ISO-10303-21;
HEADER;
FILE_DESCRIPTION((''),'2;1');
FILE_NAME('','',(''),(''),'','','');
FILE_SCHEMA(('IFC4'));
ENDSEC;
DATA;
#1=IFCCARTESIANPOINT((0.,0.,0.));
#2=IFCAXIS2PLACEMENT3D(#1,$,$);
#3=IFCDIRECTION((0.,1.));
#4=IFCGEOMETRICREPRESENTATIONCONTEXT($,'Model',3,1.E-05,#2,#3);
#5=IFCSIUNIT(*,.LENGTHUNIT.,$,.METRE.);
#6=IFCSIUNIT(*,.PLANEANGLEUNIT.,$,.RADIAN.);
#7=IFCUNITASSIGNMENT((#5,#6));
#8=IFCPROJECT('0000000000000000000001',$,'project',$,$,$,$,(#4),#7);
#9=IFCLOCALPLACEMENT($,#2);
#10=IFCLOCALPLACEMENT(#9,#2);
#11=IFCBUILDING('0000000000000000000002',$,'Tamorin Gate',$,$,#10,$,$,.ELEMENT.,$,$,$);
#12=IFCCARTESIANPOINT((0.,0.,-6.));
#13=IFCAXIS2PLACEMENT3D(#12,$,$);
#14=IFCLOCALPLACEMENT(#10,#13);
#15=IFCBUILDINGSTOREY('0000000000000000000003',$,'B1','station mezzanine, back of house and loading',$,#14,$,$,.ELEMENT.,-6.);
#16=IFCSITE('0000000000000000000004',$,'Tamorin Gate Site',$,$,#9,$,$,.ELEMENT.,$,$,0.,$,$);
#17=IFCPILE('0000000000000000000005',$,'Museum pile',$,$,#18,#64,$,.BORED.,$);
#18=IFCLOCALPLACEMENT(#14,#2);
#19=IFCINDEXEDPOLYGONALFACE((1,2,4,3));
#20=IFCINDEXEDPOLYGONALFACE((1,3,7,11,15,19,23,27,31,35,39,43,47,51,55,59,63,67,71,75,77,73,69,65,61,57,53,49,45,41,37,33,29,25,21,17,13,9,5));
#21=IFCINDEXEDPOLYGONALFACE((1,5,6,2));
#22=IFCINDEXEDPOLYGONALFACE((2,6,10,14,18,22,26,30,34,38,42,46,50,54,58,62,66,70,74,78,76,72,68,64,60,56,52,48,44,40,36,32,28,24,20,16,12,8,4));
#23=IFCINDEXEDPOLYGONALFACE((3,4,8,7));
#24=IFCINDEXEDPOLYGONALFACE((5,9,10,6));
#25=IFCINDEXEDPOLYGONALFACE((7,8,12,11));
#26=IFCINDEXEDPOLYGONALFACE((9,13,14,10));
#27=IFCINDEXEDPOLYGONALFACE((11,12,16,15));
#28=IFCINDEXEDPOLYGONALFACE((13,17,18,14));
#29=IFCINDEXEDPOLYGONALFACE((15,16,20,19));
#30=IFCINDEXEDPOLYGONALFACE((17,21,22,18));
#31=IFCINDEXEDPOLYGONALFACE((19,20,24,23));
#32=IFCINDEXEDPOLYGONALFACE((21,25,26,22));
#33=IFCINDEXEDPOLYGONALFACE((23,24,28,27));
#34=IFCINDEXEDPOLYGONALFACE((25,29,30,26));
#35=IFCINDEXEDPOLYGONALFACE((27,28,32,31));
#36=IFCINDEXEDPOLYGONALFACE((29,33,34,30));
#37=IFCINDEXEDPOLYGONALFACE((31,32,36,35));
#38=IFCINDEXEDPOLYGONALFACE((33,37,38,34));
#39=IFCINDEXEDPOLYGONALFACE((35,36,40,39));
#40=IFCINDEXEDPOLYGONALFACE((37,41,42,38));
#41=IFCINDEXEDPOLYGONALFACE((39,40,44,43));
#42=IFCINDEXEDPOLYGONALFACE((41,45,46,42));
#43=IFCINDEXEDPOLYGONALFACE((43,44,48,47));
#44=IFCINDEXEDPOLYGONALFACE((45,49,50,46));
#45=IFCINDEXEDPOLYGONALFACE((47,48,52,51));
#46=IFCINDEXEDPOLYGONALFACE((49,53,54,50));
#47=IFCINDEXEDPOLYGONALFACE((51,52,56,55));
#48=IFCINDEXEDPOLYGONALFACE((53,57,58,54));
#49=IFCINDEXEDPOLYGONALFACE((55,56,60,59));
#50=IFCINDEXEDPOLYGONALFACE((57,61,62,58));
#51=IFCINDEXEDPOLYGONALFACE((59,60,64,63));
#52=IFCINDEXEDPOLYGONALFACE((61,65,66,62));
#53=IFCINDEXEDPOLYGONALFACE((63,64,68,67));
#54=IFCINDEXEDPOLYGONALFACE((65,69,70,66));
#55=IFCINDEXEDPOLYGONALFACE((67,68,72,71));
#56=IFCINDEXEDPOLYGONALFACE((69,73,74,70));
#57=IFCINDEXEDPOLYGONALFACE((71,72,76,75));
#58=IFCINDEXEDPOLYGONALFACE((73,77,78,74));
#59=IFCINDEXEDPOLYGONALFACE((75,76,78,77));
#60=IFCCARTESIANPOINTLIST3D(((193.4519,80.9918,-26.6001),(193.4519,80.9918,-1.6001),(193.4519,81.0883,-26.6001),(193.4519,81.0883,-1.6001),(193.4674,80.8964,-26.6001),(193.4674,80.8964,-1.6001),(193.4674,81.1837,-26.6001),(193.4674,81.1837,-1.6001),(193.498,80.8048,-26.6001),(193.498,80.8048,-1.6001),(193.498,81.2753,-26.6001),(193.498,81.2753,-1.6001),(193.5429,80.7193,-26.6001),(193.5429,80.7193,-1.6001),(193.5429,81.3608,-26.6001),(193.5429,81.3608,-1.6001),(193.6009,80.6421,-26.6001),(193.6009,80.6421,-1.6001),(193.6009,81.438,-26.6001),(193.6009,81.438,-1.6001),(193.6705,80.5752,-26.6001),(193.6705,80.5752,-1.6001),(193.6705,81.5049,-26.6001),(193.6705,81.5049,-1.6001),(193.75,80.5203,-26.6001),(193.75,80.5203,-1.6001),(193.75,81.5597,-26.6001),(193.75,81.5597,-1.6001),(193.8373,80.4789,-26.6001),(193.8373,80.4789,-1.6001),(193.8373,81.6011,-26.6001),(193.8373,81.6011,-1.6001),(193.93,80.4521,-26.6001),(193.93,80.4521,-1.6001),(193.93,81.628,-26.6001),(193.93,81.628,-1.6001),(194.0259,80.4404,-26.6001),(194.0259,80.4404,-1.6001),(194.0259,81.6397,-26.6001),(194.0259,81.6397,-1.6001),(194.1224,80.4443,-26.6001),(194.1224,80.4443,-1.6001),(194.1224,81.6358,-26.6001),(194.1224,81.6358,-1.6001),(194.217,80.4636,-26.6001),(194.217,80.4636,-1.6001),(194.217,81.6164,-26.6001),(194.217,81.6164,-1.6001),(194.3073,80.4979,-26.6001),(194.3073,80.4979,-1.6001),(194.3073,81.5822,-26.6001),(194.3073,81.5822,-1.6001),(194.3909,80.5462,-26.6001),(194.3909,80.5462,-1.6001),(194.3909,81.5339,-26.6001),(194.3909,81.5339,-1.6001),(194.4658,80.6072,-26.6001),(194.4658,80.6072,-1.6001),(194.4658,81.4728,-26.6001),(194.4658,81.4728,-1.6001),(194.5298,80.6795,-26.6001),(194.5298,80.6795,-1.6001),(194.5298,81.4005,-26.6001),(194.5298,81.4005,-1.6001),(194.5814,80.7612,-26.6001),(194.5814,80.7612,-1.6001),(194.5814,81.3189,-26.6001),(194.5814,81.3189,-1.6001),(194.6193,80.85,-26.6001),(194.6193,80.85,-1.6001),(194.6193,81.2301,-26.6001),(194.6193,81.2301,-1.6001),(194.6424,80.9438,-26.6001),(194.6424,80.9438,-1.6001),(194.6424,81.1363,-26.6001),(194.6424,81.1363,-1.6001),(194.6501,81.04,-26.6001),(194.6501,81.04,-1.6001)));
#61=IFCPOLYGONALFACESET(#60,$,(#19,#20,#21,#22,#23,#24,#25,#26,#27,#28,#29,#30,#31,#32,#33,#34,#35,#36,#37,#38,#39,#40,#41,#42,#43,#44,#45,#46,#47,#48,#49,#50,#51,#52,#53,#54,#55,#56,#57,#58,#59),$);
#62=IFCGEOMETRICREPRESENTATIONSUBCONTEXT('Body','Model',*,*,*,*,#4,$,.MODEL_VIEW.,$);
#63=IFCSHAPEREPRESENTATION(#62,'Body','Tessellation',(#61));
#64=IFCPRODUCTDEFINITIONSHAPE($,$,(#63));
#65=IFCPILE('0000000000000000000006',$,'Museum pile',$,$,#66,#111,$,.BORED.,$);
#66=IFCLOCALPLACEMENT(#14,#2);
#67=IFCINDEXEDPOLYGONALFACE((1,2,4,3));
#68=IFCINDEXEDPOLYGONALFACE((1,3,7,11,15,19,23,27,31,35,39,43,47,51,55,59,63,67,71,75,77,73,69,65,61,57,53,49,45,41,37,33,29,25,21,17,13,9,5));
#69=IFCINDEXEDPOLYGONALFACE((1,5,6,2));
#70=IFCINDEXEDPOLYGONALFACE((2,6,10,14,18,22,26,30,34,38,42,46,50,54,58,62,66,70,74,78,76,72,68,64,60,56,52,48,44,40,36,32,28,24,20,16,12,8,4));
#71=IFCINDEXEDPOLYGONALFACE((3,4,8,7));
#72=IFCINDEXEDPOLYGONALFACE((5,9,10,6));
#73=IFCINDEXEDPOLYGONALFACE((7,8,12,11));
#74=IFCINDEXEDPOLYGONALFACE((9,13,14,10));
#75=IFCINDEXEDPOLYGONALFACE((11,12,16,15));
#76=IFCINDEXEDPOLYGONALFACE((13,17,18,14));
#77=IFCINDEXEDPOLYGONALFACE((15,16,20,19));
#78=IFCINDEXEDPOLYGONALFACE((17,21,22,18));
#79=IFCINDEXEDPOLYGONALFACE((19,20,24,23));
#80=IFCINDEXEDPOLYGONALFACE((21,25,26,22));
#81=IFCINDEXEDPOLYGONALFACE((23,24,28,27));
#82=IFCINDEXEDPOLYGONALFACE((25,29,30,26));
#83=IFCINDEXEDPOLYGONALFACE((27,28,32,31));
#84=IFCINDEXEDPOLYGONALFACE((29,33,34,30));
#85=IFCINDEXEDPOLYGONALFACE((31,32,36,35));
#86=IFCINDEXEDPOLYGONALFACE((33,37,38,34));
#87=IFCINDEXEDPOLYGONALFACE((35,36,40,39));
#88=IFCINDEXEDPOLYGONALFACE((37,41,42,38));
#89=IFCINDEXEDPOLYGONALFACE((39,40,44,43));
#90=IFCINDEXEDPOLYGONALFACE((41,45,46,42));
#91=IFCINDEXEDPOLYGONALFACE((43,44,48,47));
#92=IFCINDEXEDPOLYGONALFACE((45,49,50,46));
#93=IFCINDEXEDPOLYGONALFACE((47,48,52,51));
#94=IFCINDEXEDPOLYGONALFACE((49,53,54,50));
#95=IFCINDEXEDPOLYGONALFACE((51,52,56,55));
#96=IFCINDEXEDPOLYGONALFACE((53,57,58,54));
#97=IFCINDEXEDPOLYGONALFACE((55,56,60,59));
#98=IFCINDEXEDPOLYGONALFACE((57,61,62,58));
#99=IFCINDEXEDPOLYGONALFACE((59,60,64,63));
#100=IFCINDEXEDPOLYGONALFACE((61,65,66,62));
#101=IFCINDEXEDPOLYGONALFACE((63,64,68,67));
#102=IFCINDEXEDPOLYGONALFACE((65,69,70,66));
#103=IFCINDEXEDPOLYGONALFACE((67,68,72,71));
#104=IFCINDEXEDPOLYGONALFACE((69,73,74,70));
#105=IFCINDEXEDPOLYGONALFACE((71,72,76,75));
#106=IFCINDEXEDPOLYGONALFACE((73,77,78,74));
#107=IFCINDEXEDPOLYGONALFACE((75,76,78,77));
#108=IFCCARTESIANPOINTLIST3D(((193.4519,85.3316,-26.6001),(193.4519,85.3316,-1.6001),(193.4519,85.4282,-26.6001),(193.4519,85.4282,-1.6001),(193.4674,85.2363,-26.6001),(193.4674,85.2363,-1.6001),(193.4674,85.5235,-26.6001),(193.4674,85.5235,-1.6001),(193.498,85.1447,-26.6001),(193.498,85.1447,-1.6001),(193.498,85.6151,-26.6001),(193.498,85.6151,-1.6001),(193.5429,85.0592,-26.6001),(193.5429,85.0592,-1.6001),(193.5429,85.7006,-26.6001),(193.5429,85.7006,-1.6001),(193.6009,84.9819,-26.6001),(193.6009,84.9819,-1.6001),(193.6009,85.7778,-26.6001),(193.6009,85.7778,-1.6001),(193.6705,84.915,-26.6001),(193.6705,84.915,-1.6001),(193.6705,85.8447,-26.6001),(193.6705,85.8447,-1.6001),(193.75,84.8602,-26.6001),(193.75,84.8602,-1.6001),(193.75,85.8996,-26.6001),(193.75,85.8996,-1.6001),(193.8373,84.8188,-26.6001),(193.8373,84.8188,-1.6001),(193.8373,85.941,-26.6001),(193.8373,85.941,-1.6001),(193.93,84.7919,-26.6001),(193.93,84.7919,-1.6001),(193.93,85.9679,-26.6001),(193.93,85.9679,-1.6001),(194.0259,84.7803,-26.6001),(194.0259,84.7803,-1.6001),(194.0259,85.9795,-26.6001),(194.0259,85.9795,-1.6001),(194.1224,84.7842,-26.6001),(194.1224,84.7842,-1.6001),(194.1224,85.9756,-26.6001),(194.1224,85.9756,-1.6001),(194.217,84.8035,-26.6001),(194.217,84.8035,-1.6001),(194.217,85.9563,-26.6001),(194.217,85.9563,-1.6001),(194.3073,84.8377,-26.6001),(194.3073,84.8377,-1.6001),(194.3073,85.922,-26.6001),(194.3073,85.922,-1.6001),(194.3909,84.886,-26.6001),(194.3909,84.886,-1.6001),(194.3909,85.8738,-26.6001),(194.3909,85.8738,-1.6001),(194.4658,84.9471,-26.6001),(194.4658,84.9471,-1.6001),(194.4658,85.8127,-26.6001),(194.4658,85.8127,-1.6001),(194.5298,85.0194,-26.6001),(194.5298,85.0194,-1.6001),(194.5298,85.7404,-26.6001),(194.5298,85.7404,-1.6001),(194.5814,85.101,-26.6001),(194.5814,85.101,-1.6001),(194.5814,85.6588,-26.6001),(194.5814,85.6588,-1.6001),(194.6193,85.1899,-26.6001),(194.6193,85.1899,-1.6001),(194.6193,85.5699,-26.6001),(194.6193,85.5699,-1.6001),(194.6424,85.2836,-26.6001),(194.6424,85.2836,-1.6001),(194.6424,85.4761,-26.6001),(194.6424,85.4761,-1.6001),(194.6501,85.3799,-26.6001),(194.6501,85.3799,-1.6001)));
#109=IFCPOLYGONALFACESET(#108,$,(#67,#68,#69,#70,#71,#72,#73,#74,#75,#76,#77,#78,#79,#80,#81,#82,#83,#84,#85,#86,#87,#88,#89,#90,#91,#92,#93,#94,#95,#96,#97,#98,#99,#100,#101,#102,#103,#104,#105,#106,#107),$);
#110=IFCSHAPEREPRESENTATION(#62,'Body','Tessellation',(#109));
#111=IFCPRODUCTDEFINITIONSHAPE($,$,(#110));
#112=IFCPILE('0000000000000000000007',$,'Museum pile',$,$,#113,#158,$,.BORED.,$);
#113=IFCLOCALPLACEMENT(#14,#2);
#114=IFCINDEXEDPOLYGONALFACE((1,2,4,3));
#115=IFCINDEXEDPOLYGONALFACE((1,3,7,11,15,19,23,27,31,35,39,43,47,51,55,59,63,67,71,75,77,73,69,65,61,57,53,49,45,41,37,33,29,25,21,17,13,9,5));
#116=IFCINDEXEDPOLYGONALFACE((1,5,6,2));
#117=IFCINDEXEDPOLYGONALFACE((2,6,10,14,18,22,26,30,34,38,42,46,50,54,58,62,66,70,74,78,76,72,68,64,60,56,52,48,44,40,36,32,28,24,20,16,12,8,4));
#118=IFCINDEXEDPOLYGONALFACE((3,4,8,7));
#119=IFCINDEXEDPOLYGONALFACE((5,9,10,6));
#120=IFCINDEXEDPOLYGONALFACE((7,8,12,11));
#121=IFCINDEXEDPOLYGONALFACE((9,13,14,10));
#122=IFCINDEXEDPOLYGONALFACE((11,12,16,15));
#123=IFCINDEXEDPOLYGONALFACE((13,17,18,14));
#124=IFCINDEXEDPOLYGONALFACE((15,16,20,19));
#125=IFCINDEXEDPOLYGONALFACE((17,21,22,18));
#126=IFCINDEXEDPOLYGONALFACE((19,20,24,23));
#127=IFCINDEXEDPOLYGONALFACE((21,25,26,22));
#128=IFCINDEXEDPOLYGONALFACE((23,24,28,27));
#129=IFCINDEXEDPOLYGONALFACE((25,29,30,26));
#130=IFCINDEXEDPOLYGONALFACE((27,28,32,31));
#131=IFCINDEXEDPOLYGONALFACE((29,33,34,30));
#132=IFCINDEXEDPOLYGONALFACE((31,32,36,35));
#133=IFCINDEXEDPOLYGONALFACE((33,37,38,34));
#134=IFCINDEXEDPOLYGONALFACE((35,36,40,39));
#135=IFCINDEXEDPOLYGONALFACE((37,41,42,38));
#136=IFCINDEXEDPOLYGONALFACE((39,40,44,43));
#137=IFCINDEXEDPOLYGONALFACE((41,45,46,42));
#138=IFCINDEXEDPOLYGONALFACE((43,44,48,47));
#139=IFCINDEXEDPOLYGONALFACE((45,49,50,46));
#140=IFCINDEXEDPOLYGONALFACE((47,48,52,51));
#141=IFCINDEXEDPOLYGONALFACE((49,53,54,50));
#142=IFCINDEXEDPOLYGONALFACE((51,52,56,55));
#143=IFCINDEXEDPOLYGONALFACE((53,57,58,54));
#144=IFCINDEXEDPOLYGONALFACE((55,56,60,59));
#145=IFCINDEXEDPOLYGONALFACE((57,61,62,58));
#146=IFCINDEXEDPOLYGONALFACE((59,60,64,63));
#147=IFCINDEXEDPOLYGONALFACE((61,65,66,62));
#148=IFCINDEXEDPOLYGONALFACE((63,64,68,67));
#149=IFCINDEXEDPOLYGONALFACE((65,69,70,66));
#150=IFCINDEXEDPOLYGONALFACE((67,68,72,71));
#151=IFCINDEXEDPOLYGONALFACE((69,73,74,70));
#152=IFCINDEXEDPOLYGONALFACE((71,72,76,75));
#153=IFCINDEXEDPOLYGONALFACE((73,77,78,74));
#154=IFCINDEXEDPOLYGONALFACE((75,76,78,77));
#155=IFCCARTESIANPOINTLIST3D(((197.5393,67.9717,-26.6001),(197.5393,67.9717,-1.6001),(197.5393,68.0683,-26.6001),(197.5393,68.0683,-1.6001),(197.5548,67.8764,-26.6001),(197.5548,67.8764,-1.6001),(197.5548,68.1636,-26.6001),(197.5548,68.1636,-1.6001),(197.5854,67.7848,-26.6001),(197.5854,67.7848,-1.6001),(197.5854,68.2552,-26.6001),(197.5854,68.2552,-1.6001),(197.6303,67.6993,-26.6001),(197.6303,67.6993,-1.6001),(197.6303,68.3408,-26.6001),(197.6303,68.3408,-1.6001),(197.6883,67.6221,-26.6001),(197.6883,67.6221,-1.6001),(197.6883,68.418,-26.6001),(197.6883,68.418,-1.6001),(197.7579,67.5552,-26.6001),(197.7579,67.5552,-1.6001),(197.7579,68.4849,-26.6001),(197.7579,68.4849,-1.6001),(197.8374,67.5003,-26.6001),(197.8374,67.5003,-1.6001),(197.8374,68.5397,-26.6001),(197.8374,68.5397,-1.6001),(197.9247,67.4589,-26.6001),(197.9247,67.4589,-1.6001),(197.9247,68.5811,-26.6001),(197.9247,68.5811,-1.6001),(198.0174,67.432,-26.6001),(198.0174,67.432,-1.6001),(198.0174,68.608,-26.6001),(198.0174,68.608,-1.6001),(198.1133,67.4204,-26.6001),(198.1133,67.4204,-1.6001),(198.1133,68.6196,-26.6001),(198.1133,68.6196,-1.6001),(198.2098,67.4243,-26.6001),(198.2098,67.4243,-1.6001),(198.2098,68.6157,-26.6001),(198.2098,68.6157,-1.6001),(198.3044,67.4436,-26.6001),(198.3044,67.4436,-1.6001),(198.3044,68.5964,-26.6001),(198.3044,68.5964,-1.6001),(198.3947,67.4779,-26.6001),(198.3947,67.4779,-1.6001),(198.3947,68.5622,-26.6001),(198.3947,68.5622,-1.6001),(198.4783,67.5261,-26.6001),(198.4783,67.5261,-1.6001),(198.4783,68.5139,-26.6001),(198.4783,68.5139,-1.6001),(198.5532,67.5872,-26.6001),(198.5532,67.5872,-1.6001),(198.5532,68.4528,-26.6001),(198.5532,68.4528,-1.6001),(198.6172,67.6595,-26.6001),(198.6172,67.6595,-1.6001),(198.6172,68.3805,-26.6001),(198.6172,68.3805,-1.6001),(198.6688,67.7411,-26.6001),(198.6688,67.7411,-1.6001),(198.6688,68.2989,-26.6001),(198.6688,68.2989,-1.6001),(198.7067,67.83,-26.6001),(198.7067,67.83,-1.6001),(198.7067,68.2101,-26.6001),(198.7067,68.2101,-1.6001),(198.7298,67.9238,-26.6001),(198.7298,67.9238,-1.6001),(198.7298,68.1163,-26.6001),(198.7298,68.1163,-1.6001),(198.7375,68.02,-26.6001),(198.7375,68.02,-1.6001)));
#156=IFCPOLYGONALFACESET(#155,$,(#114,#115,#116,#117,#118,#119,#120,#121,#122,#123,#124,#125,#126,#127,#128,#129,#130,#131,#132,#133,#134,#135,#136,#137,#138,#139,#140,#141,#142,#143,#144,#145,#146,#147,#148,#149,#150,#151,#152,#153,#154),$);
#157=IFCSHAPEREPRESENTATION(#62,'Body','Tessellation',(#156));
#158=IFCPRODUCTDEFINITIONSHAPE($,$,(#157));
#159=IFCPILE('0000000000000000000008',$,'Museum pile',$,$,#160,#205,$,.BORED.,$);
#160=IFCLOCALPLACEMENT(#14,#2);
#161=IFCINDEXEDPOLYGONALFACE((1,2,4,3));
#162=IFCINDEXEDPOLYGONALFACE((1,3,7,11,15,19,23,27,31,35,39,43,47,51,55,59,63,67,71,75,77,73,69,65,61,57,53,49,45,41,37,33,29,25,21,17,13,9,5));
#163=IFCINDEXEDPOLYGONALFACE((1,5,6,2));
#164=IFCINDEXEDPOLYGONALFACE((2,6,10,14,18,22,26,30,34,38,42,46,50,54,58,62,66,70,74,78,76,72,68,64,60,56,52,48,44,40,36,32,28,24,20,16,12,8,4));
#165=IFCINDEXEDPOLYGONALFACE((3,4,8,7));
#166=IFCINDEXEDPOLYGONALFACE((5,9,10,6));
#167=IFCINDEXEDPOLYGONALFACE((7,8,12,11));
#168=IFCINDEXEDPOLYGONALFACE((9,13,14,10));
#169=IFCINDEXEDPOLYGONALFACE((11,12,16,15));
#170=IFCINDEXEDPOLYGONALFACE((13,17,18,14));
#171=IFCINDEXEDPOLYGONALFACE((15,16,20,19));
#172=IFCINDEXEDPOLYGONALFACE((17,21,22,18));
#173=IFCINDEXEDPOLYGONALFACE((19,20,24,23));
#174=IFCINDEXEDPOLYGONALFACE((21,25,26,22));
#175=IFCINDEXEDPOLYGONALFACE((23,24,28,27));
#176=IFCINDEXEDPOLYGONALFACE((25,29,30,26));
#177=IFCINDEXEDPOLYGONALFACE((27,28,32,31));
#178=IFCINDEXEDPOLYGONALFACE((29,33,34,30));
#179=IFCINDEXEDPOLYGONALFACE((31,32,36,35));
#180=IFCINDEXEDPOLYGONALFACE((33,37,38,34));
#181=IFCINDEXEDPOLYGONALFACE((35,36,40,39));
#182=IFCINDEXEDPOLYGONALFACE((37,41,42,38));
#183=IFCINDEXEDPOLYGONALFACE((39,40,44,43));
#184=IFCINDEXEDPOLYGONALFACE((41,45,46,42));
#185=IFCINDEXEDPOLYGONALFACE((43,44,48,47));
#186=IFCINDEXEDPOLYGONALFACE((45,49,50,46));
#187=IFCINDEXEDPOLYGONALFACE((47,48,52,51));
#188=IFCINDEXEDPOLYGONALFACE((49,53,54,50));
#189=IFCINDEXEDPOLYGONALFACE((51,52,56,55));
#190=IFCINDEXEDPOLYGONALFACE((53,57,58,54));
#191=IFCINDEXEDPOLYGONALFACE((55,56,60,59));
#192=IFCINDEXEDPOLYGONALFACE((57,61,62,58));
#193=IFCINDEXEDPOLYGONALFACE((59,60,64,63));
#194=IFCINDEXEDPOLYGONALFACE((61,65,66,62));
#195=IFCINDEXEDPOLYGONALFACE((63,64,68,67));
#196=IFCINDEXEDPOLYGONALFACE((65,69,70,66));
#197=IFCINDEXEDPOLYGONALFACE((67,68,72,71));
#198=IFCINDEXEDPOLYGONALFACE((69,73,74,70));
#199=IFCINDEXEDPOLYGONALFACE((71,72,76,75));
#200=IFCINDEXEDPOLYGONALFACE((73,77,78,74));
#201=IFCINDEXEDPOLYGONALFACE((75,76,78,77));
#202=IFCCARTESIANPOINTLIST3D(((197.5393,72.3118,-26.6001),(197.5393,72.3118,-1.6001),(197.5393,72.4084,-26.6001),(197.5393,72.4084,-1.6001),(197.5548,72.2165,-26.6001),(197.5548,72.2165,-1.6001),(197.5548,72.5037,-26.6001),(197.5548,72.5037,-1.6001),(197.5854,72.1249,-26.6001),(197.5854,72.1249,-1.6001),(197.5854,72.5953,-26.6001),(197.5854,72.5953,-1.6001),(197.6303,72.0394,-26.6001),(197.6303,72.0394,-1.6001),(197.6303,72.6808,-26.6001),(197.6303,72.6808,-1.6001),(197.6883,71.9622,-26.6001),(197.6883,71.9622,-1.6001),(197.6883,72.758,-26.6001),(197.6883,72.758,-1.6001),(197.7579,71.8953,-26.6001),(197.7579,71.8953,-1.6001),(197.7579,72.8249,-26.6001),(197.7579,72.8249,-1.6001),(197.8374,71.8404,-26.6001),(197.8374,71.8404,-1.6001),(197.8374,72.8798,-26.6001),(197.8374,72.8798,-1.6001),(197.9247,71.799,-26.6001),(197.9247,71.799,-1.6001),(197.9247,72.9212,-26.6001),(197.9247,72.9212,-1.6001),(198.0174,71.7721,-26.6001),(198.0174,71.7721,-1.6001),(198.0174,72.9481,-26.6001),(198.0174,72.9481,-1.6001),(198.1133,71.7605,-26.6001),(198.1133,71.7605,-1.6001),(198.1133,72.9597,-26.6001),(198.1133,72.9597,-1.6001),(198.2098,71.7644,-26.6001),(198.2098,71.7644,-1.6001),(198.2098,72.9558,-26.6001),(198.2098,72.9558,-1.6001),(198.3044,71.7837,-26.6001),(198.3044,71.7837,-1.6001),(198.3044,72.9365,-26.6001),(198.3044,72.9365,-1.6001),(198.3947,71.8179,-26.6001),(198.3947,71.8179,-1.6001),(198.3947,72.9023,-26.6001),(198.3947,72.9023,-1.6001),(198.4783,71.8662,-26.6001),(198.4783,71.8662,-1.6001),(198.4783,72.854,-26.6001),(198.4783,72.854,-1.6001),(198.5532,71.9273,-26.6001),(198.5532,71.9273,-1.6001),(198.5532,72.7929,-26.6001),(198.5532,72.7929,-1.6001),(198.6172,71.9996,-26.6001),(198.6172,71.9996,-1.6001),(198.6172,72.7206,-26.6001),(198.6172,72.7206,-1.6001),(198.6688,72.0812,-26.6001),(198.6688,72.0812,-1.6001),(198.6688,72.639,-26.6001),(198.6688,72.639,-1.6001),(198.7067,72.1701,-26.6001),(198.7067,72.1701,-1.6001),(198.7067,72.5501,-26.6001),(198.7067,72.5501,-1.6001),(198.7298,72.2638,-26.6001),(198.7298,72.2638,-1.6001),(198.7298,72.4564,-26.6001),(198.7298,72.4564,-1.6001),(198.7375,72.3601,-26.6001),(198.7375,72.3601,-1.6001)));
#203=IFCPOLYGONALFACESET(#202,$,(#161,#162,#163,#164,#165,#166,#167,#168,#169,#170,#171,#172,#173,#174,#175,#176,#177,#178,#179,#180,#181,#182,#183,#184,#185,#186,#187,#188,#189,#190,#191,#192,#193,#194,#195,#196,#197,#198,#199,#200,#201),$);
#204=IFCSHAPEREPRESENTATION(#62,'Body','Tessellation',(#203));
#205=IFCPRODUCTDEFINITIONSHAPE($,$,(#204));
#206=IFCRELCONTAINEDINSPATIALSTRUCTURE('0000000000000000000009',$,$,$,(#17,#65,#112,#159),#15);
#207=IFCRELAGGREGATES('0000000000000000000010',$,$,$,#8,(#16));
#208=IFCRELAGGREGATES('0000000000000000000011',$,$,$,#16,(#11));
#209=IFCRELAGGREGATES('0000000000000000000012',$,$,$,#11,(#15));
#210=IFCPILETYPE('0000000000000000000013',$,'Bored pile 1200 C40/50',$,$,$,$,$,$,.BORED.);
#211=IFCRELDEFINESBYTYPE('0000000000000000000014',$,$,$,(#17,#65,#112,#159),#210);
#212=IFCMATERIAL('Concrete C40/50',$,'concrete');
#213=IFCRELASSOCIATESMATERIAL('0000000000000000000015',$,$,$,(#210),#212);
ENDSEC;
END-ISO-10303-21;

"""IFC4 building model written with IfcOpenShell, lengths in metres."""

from ifc_helpers import new_model, si_unit, direction, frame, origin, origin_2d, place, context, subcontext, project, spatial, circle, extrude, material, material_profile, profile_set, type_object, element, save


model = new_model("IFC4")

# Units and contexts
model_context = context("Model", 3, precision=1e-05, world=origin(), true_north=direction((0.0, 1.0)))
body_context = subcontext(model_context, "Body", "Model", "MODEL_VIEW")
ifc_project = project(units=[si_unit("LENGTHUNIT", "METRE"), si_unit("PLANEANGLEUNIT", "RADIAN")], contexts=[model_context])

# Site, building, storey
site_placement = place(None, origin())
site = spatial("IfcSite", under=ifc_project, at=site_placement, Name="Tamorin Gate Site", CompositionType="ELEMENT", RefElevation=0.0)
building_placement = place(site_placement, origin())
building = spatial("IfcBuilding", under=site, at=building_placement, Name="Tamorin Gate", CompositionType="ELEMENT")
storey_placement = place(building_placement, frame((0.0, 0.0, -6.0)))
storey = spatial("IfcBuildingStorey", under=building, at=storey_placement, Name="B1", Description="station mezzanine, back of house and loading", CompositionType="ELEMENT", Elevation=-6.0)

# Piles
ifc_material_1 = material(Name="Concrete C40/50", Category="concrete")
ifc_material_profile_1 = material_profile(ifc_material_1, circle(Radius=0.6001, at=origin_2d()))
ifc_profile_set_1 = profile_set([ifc_material_profile_1], Name="Concrete C40/50")
pile_type = type_object("IfcPileType", Name="Bored pile 1200 C40/50", PredefinedType="BORED", material=ifc_profile_set_1)
for number, where, z_axis, x_axis, name in (
    (1, (194.05, 81.04, -1.6001), (0.0, 0.0, -1.0), (1.0, 0.0, 0.0), "Museum pile"),
    (2, (194.05, 85.3799, -1.6001), (0.0, 0.0, -1.0), (1.0, 0.0, 0.0), "Museum pile"),
    (3, (198.1375, 68.02, -1.6001), (0.0, 0.0, -1.0), (1.0, 0.0, 0.0), "Museum pile"),
    (4, (198.1375, 72.3601, -1.6001), (0.0, 0.0, -1.0), (1.0, 0.0, 0.0), "Museum pile"),
):
    element("IfcPile", number, at=place(storey_placement, frame(where, z_axis=z_axis, x_axis=x_axis)), inside=storey, type_object=pile_type, Name=name, PredefinedType="BORED", context=body_context, shape_type="SweptSolid", body=[
        extrude(circle(Radius=0.6001, at=origin_2d()), origin(), (0.0, 0.0, 1.0), 25.0),
    ])

save(model, "model.ifc")
